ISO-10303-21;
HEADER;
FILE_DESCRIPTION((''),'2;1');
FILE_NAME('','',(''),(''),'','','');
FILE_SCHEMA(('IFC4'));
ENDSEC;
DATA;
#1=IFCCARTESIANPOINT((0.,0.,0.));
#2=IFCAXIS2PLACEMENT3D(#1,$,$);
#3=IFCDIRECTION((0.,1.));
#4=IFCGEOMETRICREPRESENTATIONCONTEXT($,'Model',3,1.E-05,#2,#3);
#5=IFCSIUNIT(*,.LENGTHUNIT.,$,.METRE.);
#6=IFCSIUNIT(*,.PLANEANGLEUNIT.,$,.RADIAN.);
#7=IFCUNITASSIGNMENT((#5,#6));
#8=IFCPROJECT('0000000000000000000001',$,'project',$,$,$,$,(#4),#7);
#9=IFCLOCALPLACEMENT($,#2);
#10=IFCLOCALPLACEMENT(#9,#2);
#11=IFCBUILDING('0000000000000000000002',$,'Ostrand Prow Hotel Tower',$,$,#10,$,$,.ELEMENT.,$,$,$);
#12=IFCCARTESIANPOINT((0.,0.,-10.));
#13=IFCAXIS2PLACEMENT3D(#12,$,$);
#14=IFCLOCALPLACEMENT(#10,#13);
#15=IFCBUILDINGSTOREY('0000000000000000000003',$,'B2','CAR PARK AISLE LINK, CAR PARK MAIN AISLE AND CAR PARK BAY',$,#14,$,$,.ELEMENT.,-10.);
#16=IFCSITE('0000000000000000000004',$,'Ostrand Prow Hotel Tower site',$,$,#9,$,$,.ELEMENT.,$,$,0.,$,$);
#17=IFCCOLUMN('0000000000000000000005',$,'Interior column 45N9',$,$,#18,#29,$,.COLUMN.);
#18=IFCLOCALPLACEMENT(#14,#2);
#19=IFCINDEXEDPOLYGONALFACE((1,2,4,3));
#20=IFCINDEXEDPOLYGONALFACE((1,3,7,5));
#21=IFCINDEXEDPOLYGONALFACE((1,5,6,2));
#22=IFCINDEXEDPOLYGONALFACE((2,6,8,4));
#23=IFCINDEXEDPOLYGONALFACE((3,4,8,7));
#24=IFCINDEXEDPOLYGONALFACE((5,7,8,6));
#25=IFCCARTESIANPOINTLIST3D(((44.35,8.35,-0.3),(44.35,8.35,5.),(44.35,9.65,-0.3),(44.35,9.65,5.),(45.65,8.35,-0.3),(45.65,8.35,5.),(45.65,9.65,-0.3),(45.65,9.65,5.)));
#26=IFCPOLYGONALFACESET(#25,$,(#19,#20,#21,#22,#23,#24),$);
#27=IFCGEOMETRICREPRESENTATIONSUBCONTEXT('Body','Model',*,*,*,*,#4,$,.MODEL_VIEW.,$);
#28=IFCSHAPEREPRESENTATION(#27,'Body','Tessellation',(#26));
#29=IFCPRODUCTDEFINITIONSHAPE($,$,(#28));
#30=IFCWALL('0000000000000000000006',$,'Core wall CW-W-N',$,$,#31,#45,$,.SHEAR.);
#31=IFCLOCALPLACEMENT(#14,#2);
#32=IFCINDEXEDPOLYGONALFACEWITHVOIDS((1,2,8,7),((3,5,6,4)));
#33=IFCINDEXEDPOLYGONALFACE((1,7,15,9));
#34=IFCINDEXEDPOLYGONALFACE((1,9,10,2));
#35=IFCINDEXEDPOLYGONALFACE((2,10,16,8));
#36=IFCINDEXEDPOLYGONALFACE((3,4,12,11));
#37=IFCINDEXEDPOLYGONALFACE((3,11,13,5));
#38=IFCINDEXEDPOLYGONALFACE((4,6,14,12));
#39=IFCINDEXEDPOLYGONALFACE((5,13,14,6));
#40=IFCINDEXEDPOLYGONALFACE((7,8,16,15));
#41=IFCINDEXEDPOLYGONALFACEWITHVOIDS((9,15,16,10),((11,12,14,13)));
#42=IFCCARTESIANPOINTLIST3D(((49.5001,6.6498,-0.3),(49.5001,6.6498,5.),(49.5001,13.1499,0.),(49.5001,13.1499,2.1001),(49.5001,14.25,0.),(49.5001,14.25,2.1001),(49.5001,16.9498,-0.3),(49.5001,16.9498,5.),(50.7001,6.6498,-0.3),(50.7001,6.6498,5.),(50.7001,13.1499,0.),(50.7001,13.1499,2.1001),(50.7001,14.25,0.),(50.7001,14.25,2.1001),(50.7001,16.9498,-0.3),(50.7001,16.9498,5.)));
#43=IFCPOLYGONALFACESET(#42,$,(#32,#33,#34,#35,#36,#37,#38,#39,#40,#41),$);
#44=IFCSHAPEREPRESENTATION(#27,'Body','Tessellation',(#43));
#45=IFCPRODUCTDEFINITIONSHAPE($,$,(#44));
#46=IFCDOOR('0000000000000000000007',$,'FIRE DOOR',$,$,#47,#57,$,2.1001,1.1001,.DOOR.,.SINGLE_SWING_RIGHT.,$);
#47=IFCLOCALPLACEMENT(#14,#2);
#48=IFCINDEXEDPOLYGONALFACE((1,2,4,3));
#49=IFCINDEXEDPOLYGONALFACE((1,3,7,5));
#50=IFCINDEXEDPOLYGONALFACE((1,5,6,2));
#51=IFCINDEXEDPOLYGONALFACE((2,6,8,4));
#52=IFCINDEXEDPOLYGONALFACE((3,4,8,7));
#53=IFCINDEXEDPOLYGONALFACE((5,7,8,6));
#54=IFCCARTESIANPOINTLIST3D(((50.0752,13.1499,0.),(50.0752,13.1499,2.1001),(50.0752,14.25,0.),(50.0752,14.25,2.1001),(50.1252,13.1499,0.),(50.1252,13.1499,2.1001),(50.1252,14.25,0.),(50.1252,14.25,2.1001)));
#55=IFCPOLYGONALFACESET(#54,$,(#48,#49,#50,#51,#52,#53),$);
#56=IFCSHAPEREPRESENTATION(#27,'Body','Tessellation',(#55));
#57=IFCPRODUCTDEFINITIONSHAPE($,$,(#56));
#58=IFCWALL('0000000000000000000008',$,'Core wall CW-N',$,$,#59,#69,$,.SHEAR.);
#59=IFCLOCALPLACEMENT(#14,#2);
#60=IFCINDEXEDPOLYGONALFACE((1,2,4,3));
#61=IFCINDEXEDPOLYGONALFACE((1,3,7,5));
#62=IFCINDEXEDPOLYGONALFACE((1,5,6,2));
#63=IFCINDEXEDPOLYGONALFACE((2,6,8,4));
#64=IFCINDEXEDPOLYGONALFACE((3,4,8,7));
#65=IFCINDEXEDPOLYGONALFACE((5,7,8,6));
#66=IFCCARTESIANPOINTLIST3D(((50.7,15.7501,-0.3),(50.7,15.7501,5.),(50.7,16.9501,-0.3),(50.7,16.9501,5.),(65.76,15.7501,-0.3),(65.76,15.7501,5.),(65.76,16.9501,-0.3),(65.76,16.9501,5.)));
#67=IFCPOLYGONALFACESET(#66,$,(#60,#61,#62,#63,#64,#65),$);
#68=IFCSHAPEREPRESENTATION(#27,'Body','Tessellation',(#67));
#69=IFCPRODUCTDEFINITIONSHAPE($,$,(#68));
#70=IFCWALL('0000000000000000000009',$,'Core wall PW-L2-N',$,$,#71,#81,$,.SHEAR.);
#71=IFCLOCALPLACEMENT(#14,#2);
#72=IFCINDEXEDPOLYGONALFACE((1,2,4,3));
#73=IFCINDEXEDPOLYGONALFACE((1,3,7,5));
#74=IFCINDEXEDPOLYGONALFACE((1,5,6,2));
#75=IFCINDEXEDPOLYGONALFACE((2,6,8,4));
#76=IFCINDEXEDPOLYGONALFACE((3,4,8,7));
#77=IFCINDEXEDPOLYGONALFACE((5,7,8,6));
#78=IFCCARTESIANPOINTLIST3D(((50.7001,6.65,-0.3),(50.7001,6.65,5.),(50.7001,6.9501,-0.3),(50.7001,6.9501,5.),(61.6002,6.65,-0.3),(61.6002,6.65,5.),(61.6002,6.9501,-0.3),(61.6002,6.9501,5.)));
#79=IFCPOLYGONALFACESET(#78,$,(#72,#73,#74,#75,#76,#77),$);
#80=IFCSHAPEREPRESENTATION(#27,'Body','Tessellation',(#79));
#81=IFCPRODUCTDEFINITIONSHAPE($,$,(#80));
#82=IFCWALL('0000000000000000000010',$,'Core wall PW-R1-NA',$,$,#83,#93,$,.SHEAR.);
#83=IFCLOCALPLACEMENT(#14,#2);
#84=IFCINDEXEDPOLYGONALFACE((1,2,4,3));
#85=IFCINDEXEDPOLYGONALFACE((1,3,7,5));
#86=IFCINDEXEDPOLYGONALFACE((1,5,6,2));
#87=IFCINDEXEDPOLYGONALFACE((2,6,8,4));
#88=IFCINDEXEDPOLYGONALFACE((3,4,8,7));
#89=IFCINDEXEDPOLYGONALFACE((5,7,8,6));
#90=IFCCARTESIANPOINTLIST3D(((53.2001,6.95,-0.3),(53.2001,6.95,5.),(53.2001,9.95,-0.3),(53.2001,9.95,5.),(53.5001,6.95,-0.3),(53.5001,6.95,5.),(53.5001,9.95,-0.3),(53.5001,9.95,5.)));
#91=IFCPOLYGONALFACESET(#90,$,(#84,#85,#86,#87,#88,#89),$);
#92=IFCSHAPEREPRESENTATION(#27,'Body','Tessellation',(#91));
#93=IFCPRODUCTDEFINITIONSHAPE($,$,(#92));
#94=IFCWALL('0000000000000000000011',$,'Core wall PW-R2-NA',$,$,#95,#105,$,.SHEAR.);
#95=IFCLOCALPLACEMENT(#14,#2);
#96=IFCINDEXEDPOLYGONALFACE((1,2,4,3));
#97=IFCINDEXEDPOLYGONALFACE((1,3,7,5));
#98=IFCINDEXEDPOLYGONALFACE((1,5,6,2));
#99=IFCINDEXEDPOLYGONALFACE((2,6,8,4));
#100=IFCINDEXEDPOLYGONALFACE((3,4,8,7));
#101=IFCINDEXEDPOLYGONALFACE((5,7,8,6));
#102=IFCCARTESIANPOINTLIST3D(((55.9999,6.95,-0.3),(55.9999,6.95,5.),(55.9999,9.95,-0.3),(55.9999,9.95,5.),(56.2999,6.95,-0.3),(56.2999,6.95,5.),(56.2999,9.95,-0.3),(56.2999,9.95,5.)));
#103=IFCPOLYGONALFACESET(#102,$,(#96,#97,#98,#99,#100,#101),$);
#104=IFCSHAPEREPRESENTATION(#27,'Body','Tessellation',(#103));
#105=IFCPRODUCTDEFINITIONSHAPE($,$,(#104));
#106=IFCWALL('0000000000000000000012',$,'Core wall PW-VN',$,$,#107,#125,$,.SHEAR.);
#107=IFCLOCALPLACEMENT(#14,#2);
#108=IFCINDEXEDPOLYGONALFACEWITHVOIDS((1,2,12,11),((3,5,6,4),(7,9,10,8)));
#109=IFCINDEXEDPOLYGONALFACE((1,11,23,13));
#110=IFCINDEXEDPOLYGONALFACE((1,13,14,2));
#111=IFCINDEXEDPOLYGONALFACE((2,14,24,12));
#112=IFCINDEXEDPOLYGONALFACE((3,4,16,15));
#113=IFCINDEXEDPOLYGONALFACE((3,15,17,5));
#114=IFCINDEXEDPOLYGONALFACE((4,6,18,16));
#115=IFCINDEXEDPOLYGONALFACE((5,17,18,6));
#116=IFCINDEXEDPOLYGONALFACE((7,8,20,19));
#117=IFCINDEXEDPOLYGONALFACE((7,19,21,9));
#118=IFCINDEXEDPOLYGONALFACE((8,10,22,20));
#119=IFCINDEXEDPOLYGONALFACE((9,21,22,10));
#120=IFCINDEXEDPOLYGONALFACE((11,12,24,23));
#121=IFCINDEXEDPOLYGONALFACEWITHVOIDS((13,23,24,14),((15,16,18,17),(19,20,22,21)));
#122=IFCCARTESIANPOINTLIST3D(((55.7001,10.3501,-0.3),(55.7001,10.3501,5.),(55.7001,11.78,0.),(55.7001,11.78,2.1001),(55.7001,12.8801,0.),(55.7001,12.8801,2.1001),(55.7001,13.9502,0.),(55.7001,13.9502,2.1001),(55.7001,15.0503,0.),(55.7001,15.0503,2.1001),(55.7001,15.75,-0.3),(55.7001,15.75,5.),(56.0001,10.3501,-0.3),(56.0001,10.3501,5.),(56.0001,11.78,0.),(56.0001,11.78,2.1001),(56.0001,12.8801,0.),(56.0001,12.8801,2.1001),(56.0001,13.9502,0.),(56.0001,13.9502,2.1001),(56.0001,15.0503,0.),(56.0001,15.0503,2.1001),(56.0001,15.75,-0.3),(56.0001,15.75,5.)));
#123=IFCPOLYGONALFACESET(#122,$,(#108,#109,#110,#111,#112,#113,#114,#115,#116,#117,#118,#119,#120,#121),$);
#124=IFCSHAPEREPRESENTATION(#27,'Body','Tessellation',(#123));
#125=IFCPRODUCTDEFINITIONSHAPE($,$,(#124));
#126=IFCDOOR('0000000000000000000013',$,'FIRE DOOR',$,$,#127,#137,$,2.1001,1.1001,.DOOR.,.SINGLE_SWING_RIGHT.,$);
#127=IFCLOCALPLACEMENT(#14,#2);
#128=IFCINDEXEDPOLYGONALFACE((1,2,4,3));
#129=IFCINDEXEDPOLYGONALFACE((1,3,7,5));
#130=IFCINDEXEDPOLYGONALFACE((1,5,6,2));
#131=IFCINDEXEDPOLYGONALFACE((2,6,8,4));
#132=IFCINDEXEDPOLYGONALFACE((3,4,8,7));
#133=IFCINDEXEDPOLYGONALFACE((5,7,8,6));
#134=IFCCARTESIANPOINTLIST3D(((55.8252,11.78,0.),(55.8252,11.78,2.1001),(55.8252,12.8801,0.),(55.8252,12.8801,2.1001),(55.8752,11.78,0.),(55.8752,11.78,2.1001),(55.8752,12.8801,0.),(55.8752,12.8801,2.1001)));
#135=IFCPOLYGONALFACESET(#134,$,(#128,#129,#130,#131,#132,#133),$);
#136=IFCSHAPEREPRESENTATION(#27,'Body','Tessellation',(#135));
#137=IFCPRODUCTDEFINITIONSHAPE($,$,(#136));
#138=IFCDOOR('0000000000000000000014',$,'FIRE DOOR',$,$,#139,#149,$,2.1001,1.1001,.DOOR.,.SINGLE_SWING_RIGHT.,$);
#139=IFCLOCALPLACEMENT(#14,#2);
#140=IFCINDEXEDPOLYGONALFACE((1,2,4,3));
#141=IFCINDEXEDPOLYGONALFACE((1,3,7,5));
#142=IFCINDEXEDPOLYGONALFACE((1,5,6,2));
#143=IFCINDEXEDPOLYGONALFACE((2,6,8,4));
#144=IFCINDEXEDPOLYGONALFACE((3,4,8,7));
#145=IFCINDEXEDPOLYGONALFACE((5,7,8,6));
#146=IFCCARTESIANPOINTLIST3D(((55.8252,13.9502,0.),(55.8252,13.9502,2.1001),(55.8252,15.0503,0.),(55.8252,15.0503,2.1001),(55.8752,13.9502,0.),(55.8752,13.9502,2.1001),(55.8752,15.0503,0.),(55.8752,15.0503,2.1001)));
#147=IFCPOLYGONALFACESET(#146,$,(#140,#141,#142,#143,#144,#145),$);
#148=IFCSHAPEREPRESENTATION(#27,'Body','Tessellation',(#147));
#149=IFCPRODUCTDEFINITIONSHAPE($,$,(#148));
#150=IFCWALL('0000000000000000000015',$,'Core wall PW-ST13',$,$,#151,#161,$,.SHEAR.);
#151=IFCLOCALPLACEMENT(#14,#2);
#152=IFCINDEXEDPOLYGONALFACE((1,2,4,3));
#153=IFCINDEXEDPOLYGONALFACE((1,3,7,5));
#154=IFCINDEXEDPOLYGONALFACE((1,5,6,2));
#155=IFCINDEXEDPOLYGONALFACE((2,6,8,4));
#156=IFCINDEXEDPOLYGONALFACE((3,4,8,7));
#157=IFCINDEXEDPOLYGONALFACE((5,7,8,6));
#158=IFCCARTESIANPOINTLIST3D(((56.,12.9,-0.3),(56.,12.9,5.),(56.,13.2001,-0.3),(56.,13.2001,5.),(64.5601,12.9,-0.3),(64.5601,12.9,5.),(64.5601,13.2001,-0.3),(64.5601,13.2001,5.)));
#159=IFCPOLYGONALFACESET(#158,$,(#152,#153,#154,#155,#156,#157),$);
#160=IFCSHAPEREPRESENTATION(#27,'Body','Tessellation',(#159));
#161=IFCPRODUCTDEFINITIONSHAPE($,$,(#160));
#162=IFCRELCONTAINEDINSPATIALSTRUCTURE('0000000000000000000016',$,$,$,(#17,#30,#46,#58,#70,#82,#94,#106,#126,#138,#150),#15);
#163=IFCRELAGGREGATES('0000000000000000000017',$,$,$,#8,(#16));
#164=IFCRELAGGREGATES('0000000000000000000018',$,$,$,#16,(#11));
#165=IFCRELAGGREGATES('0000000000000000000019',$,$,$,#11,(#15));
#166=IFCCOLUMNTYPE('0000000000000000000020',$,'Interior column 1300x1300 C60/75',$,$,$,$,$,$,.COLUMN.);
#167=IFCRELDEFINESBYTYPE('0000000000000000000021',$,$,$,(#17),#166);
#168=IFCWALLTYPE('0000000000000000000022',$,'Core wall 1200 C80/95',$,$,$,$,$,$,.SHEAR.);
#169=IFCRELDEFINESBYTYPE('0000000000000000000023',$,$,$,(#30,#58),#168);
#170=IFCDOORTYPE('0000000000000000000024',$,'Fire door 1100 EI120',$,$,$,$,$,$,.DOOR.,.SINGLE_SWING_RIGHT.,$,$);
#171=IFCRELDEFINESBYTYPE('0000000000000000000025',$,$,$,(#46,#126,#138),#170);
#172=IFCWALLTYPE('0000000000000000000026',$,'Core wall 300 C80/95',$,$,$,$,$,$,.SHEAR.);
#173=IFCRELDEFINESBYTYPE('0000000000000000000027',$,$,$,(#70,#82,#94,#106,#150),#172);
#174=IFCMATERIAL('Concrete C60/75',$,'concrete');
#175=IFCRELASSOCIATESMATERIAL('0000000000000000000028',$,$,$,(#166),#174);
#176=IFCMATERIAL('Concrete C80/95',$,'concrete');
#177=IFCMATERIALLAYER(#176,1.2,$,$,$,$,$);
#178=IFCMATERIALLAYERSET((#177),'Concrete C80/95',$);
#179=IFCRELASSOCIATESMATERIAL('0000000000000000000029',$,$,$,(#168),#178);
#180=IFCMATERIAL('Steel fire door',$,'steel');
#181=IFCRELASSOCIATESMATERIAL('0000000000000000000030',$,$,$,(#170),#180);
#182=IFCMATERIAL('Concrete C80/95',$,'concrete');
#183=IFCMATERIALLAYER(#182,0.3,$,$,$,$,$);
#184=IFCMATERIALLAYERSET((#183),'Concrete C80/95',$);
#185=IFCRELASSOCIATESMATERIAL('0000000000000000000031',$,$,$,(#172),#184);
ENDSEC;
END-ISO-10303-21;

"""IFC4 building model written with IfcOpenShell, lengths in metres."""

from ifc_helpers import new_model, si_unit, direction, frame, frame_2d, origin, origin_2d, place, context, subcontext, project, spatial, rectangle, extrude, material, layer, layer_set, material_profile, profile_set, type_object, element, fill, save


model = new_model("IFC4")

# Units and contexts
model_context = context("Model", 3, precision=1e-05, world=origin(), true_north=direction((0.0, 1.0)))
body_context = subcontext(model_context, "Body", "Model", "MODEL_VIEW")
ifc_project = project(units=[si_unit("LENGTHUNIT", "METRE"), si_unit("PLANEANGLEUNIT", "RADIAN")], contexts=[model_context])

# Site, building, storey
site_placement = place(None, origin())
site = spatial("IfcSite", under=ifc_project, at=site_placement, Name="Ostrand Prow Hotel Tower site", CompositionType="ELEMENT", RefElevation=0.0)
building_placement = place(site_placement, origin())
building = spatial("IfcBuilding", under=site, at=building_placement, Name="Ostrand Prow Hotel Tower", CompositionType="ELEMENT")
storey_placement = place(building_placement, frame((0.0, 0.0, -10.0)))
storey = spatial("IfcBuildingStorey", under=building, at=storey_placement, Name="B2", Description="CAR PARK AISLE LINK, CAR PARK MAIN AISLE AND CAR PARK BAY", CompositionType="ELEMENT", Elevation=-10.0)

# Column
ifc_material_1 = material(Name="Concrete C60/75", Category="concrete")
ifc_material_profile = material_profile(ifc_material_1, rectangle(XDim=1.3, YDim=1.3, at=origin_2d()), Name="RC 1300x1300")
ifc_profile_set = profile_set([ifc_material_profile], Name="Concrete C60/75")
column_type = type_object("IfcColumnType", Name="Interior column 1300x1300 C60/75", PredefinedType="COLUMN", material=ifc_profile_set)
column_placement = place(storey_placement, frame((45.0, 9.0, -0.3), z_axis=(0.0, 0.0, 1.0), x_axis=(1.0, 0.0, 0.0)))
element("IfcColumn", 1, at=column_placement, inside=storey, type_object=column_type, Name="Interior column 45N9", PredefinedType="COLUMN", context=body_context, shape_type="SweptSolid", body=[
    extrude(rectangle(XDim=1.3, YDim=1.3, at=origin_2d()), origin(), (0.0, 0.0, 1.0), 5.3),
])

# Wall, opening, door
ifc_material_2 = material(Name="Concrete C80/95", Category="concrete")
ifc_layer_1 = layer(ifc_material_2, 1.2)
ifc_layer_set_1 = layer_set([ifc_layer_1], Name="Concrete C80/95")
wall_type_1 = type_object("IfcWallType", Name="Core wall 1200 C80/95", PredefinedType="SHEAR", material=ifc_layer_set_1)
wall_1_placement = place(storey_placement, frame((50.1001, 6.6499, -0.3), z_axis=(0.0, 0.0, 1.0), x_axis=(0.0, 1.0, 0.0)))
wall_1 = element("IfcWall", 2, at=wall_1_placement, inside=storey, type_object=wall_type_1, Name="Core wall CW-W-N", PredefinedType="SHEAR", context=body_context, shape_type="SweptSolid", body=[
    extrude(rectangle(XDim=10.3, YDim=1.2, at=frame_2d((5.1499, 0.0))), origin(), (0.0, 0.0, 1.0), 5.3),
])
opening_1_placement = place(wall_1_placement, frame((6.5, 0.0, 0.3)))
opening_1 = element("IfcOpeningElement", 3, at=opening_1_placement, cuts=wall_1, PredefinedType="OPENING", context=body_context, shape_type="SweptSolid", body=[
    extrude(rectangle(XDim=1.1001, YDim=2.1001, at=frame_2d((0.55, 1.05))), frame((0.0, 0.6099, 0.0), z_axis=(0.0, -1.0, 0.0), x_axis=(1.0, 0.0, 0.0)), (0.0, 0.0, 1.0), 1.22),
])
ifc_material_3 = material(Name="Steel fire door", Category="steel")
door_type_1 = type_object("IfcDoorType", Name="Fire door 1100 EI120", OperationType="SINGLE_SWING_RIGHT", PredefinedType="DOOR", material=ifc_material_3)
door_1_placement = place(opening_1_placement, origin())
door_1 = element("IfcDoor", 4, at=door_1_placement, inside=storey, type_object=door_type_1, Name="FIRE DOOR", OperationType="SINGLE_SWING_RIGHT", OverallHeight=2.1001, OverallWidth=1.1001, PredefinedType="DOOR", context=body_context, shape_type="SweptSolid", body=[
    extrude(rectangle(XDim=1.1001, YDim=2.1001, at=frame_2d((0.55, 1.05))), frame((0.0, 0.0249, 0.0), z_axis=(0.0, -1.0, 0.0), x_axis=(1.0, 0.0, 0.0)), (0.0, 0.0, 1.0), 0.05),
])
fill(opening_1, door_1)

# Walls
wall_2_placement = place(storey_placement, frame((50.7, 16.3501, -0.3), z_axis=(0.0, 0.0, 1.0), x_axis=(1.0, 0.0, 0.0)))
element("IfcWall", 5, at=wall_2_placement, inside=storey, type_object=wall_type_1, Name="Core wall CW-N", PredefinedType="SHEAR", context=body_context, shape_type="SweptSolid", body=[
    extrude(rectangle(XDim=15.0601, YDim=1.2, at=frame_2d((7.53, 0.0))), origin(), (0.0, 0.0, 1.0), 5.3),
])
ifc_material_4 = material(Name="Concrete C80/95", Category="concrete")
ifc_layer_2 = layer(ifc_material_4, 0.3)
ifc_layer_set_2 = layer_set([ifc_layer_2], Name="Concrete C80/95")
wall_type_2 = type_object("IfcWallType", Name="Core wall 300 C80/95", PredefinedType="SHEAR", material=ifc_layer_set_2)
wall_3_placement = place(storey_placement, frame((50.7, 6.8, -0.3), z_axis=(0.0, 0.0, 1.0), x_axis=(1.0, 0.0, 0.0)))
element("IfcWall", 6, at=wall_3_placement, inside=storey, type_object=wall_type_2, Name="Core wall PW-L2-N", PredefinedType="SHEAR", context=body_context, shape_type="SweptSolid", body=[
    extrude(rectangle(XDim=10.9001, YDim=0.3, at=frame_2d((5.4502, 0.0))), origin(), (0.0, 0.0, 1.0), 5.3),
])
for number, where, z_axis, x_axis, name in (
    (7, (53.3501, 6.95, -0.3), (0.0, 0.0, 1.0), (0.0, 1.0, 0.0), "Core wall PW-R1-NA"),
    (8, (56.1499, 6.95, -0.3), (0.0, 0.0, 1.0), (0.0, 1.0, 0.0), "Core wall PW-R2-NA"),
):
    element("IfcWall", number, at=place(storey_placement, frame(where, z_axis=z_axis, x_axis=x_axis)), inside=storey, type_object=wall_type_2, Name=name, PredefinedType="SHEAR", context=body_context, shape_type="SweptSolid", body=[
        extrude(rectangle(XDim=3.0, YDim=0.3, at=frame_2d((1.5, 0.0))), origin(), (0.0, 0.0, 1.0), 5.3),
    ])

# Wall, openings, doors
wall_4_placement = place(storey_placement, frame((55.8501, 10.3501, -0.3), z_axis=(0.0, 0.0, 1.0), x_axis=(0.0, 1.0, 0.0)))
wall_4 = element("IfcWall", 9, at=wall_4_placement, inside=storey, type_object=wall_type_2, Name="Core wall PW-VN", PredefinedType="SHEAR", context=body_context, shape_type="SweptSolid", body=[
    extrude(rectangle(XDim=5.3999, YDim=0.3, at=frame_2d((2.7, 0.0))), origin(), (0.0, 0.0, 1.0), 5.3),
])
opening_2_placement = place(wall_4_placement, frame((1.4299, 0.0, 0.3)))
opening_2 = element("IfcOpeningElement", 10, at=opening_2_placement, cuts=wall_4, PredefinedType="OPENING", context=body_context, shape_type="SweptSolid", body=[
    extrude(rectangle(XDim=1.1001, YDim=2.1001, at=frame_2d((0.55, 1.05))), frame((0.0, 0.1599, 0.0), z_axis=(0.0, -1.0, 0.0), x_axis=(1.0, 0.0, 0.0)), (0.0, 0.0, 1.0), 0.3201),
])
opening_3_placement = place(wall_4_placement, frame((3.6001, 0.0, 0.3)))
opening_3 = element("IfcOpeningElement", 11, at=opening_3_placement, cuts=wall_4, PredefinedType="OPENING", context=body_context, shape_type="SweptSolid", body=[
    extrude(rectangle(XDim=1.1001, YDim=2.1001, at=frame_2d((0.55, 1.05))), frame((0.0, 0.1599, 0.0), z_axis=(0.0, -1.0, 0.0), x_axis=(1.0, 0.0, 0.0)), (0.0, 0.0, 1.0), 0.3201),
])
door_2_placement = place(opening_2_placement, origin())
door_2 = element("IfcDoor", 12, at=door_2_placement, inside=storey, type_object=door_type_1, Name="FIRE DOOR", OperationType="SINGLE_SWING_RIGHT", OverallHeight=2.1001, OverallWidth=1.1001, PredefinedType="DOOR", context=body_context, shape_type="SweptSolid", body=[
    extrude(rectangle(XDim=1.1001, YDim=2.1001, at=frame_2d((0.55, 1.05))), frame((0.0, 0.0249, 0.0), z_axis=(0.0, -1.0, 0.0), x_axis=(1.0, 0.0, 0.0)), (0.0, 0.0, 1.0), 0.05),
])
fill(opening_2, door_2)
door_3_placement = place(opening_3_placement, origin())
door_3 = element("IfcDoor", 13, at=door_3_placement, inside=storey, type_object=door_type_1, Name="FIRE DOOR", OperationType="SINGLE_SWING_RIGHT", OverallHeight=2.1001, OverallWidth=1.1001, PredefinedType="DOOR", context=body_context, shape_type="SweptSolid", body=[
    extrude(rectangle(XDim=1.1001, YDim=2.1001, at=frame_2d((0.55, 1.05))), frame((0.0, 0.0249, 0.0), z_axis=(0.0, -1.0, 0.0), x_axis=(1.0, 0.0, 0.0)), (0.0, 0.0, 1.0), 0.05),
])
fill(opening_3, door_3)

# Wall
wall_5_placement = place(storey_placement, frame((56.0, 13.05, -0.3), z_axis=(0.0, 0.0, 1.0), x_axis=(1.0, 0.0, 0.0)))
element("IfcWall", 14, at=wall_5_placement, inside=storey, type_object=wall_type_2, Name="Core wall PW-ST13", PredefinedType="SHEAR", context=body_context, shape_type="SweptSolid", body=[
    extrude(rectangle(XDim=8.5601, YDim=0.3, at=frame_2d((4.28, 0.0))), origin(), (0.0, 0.0, 1.0), 5.3),
])

save(model, "model.ifc")
